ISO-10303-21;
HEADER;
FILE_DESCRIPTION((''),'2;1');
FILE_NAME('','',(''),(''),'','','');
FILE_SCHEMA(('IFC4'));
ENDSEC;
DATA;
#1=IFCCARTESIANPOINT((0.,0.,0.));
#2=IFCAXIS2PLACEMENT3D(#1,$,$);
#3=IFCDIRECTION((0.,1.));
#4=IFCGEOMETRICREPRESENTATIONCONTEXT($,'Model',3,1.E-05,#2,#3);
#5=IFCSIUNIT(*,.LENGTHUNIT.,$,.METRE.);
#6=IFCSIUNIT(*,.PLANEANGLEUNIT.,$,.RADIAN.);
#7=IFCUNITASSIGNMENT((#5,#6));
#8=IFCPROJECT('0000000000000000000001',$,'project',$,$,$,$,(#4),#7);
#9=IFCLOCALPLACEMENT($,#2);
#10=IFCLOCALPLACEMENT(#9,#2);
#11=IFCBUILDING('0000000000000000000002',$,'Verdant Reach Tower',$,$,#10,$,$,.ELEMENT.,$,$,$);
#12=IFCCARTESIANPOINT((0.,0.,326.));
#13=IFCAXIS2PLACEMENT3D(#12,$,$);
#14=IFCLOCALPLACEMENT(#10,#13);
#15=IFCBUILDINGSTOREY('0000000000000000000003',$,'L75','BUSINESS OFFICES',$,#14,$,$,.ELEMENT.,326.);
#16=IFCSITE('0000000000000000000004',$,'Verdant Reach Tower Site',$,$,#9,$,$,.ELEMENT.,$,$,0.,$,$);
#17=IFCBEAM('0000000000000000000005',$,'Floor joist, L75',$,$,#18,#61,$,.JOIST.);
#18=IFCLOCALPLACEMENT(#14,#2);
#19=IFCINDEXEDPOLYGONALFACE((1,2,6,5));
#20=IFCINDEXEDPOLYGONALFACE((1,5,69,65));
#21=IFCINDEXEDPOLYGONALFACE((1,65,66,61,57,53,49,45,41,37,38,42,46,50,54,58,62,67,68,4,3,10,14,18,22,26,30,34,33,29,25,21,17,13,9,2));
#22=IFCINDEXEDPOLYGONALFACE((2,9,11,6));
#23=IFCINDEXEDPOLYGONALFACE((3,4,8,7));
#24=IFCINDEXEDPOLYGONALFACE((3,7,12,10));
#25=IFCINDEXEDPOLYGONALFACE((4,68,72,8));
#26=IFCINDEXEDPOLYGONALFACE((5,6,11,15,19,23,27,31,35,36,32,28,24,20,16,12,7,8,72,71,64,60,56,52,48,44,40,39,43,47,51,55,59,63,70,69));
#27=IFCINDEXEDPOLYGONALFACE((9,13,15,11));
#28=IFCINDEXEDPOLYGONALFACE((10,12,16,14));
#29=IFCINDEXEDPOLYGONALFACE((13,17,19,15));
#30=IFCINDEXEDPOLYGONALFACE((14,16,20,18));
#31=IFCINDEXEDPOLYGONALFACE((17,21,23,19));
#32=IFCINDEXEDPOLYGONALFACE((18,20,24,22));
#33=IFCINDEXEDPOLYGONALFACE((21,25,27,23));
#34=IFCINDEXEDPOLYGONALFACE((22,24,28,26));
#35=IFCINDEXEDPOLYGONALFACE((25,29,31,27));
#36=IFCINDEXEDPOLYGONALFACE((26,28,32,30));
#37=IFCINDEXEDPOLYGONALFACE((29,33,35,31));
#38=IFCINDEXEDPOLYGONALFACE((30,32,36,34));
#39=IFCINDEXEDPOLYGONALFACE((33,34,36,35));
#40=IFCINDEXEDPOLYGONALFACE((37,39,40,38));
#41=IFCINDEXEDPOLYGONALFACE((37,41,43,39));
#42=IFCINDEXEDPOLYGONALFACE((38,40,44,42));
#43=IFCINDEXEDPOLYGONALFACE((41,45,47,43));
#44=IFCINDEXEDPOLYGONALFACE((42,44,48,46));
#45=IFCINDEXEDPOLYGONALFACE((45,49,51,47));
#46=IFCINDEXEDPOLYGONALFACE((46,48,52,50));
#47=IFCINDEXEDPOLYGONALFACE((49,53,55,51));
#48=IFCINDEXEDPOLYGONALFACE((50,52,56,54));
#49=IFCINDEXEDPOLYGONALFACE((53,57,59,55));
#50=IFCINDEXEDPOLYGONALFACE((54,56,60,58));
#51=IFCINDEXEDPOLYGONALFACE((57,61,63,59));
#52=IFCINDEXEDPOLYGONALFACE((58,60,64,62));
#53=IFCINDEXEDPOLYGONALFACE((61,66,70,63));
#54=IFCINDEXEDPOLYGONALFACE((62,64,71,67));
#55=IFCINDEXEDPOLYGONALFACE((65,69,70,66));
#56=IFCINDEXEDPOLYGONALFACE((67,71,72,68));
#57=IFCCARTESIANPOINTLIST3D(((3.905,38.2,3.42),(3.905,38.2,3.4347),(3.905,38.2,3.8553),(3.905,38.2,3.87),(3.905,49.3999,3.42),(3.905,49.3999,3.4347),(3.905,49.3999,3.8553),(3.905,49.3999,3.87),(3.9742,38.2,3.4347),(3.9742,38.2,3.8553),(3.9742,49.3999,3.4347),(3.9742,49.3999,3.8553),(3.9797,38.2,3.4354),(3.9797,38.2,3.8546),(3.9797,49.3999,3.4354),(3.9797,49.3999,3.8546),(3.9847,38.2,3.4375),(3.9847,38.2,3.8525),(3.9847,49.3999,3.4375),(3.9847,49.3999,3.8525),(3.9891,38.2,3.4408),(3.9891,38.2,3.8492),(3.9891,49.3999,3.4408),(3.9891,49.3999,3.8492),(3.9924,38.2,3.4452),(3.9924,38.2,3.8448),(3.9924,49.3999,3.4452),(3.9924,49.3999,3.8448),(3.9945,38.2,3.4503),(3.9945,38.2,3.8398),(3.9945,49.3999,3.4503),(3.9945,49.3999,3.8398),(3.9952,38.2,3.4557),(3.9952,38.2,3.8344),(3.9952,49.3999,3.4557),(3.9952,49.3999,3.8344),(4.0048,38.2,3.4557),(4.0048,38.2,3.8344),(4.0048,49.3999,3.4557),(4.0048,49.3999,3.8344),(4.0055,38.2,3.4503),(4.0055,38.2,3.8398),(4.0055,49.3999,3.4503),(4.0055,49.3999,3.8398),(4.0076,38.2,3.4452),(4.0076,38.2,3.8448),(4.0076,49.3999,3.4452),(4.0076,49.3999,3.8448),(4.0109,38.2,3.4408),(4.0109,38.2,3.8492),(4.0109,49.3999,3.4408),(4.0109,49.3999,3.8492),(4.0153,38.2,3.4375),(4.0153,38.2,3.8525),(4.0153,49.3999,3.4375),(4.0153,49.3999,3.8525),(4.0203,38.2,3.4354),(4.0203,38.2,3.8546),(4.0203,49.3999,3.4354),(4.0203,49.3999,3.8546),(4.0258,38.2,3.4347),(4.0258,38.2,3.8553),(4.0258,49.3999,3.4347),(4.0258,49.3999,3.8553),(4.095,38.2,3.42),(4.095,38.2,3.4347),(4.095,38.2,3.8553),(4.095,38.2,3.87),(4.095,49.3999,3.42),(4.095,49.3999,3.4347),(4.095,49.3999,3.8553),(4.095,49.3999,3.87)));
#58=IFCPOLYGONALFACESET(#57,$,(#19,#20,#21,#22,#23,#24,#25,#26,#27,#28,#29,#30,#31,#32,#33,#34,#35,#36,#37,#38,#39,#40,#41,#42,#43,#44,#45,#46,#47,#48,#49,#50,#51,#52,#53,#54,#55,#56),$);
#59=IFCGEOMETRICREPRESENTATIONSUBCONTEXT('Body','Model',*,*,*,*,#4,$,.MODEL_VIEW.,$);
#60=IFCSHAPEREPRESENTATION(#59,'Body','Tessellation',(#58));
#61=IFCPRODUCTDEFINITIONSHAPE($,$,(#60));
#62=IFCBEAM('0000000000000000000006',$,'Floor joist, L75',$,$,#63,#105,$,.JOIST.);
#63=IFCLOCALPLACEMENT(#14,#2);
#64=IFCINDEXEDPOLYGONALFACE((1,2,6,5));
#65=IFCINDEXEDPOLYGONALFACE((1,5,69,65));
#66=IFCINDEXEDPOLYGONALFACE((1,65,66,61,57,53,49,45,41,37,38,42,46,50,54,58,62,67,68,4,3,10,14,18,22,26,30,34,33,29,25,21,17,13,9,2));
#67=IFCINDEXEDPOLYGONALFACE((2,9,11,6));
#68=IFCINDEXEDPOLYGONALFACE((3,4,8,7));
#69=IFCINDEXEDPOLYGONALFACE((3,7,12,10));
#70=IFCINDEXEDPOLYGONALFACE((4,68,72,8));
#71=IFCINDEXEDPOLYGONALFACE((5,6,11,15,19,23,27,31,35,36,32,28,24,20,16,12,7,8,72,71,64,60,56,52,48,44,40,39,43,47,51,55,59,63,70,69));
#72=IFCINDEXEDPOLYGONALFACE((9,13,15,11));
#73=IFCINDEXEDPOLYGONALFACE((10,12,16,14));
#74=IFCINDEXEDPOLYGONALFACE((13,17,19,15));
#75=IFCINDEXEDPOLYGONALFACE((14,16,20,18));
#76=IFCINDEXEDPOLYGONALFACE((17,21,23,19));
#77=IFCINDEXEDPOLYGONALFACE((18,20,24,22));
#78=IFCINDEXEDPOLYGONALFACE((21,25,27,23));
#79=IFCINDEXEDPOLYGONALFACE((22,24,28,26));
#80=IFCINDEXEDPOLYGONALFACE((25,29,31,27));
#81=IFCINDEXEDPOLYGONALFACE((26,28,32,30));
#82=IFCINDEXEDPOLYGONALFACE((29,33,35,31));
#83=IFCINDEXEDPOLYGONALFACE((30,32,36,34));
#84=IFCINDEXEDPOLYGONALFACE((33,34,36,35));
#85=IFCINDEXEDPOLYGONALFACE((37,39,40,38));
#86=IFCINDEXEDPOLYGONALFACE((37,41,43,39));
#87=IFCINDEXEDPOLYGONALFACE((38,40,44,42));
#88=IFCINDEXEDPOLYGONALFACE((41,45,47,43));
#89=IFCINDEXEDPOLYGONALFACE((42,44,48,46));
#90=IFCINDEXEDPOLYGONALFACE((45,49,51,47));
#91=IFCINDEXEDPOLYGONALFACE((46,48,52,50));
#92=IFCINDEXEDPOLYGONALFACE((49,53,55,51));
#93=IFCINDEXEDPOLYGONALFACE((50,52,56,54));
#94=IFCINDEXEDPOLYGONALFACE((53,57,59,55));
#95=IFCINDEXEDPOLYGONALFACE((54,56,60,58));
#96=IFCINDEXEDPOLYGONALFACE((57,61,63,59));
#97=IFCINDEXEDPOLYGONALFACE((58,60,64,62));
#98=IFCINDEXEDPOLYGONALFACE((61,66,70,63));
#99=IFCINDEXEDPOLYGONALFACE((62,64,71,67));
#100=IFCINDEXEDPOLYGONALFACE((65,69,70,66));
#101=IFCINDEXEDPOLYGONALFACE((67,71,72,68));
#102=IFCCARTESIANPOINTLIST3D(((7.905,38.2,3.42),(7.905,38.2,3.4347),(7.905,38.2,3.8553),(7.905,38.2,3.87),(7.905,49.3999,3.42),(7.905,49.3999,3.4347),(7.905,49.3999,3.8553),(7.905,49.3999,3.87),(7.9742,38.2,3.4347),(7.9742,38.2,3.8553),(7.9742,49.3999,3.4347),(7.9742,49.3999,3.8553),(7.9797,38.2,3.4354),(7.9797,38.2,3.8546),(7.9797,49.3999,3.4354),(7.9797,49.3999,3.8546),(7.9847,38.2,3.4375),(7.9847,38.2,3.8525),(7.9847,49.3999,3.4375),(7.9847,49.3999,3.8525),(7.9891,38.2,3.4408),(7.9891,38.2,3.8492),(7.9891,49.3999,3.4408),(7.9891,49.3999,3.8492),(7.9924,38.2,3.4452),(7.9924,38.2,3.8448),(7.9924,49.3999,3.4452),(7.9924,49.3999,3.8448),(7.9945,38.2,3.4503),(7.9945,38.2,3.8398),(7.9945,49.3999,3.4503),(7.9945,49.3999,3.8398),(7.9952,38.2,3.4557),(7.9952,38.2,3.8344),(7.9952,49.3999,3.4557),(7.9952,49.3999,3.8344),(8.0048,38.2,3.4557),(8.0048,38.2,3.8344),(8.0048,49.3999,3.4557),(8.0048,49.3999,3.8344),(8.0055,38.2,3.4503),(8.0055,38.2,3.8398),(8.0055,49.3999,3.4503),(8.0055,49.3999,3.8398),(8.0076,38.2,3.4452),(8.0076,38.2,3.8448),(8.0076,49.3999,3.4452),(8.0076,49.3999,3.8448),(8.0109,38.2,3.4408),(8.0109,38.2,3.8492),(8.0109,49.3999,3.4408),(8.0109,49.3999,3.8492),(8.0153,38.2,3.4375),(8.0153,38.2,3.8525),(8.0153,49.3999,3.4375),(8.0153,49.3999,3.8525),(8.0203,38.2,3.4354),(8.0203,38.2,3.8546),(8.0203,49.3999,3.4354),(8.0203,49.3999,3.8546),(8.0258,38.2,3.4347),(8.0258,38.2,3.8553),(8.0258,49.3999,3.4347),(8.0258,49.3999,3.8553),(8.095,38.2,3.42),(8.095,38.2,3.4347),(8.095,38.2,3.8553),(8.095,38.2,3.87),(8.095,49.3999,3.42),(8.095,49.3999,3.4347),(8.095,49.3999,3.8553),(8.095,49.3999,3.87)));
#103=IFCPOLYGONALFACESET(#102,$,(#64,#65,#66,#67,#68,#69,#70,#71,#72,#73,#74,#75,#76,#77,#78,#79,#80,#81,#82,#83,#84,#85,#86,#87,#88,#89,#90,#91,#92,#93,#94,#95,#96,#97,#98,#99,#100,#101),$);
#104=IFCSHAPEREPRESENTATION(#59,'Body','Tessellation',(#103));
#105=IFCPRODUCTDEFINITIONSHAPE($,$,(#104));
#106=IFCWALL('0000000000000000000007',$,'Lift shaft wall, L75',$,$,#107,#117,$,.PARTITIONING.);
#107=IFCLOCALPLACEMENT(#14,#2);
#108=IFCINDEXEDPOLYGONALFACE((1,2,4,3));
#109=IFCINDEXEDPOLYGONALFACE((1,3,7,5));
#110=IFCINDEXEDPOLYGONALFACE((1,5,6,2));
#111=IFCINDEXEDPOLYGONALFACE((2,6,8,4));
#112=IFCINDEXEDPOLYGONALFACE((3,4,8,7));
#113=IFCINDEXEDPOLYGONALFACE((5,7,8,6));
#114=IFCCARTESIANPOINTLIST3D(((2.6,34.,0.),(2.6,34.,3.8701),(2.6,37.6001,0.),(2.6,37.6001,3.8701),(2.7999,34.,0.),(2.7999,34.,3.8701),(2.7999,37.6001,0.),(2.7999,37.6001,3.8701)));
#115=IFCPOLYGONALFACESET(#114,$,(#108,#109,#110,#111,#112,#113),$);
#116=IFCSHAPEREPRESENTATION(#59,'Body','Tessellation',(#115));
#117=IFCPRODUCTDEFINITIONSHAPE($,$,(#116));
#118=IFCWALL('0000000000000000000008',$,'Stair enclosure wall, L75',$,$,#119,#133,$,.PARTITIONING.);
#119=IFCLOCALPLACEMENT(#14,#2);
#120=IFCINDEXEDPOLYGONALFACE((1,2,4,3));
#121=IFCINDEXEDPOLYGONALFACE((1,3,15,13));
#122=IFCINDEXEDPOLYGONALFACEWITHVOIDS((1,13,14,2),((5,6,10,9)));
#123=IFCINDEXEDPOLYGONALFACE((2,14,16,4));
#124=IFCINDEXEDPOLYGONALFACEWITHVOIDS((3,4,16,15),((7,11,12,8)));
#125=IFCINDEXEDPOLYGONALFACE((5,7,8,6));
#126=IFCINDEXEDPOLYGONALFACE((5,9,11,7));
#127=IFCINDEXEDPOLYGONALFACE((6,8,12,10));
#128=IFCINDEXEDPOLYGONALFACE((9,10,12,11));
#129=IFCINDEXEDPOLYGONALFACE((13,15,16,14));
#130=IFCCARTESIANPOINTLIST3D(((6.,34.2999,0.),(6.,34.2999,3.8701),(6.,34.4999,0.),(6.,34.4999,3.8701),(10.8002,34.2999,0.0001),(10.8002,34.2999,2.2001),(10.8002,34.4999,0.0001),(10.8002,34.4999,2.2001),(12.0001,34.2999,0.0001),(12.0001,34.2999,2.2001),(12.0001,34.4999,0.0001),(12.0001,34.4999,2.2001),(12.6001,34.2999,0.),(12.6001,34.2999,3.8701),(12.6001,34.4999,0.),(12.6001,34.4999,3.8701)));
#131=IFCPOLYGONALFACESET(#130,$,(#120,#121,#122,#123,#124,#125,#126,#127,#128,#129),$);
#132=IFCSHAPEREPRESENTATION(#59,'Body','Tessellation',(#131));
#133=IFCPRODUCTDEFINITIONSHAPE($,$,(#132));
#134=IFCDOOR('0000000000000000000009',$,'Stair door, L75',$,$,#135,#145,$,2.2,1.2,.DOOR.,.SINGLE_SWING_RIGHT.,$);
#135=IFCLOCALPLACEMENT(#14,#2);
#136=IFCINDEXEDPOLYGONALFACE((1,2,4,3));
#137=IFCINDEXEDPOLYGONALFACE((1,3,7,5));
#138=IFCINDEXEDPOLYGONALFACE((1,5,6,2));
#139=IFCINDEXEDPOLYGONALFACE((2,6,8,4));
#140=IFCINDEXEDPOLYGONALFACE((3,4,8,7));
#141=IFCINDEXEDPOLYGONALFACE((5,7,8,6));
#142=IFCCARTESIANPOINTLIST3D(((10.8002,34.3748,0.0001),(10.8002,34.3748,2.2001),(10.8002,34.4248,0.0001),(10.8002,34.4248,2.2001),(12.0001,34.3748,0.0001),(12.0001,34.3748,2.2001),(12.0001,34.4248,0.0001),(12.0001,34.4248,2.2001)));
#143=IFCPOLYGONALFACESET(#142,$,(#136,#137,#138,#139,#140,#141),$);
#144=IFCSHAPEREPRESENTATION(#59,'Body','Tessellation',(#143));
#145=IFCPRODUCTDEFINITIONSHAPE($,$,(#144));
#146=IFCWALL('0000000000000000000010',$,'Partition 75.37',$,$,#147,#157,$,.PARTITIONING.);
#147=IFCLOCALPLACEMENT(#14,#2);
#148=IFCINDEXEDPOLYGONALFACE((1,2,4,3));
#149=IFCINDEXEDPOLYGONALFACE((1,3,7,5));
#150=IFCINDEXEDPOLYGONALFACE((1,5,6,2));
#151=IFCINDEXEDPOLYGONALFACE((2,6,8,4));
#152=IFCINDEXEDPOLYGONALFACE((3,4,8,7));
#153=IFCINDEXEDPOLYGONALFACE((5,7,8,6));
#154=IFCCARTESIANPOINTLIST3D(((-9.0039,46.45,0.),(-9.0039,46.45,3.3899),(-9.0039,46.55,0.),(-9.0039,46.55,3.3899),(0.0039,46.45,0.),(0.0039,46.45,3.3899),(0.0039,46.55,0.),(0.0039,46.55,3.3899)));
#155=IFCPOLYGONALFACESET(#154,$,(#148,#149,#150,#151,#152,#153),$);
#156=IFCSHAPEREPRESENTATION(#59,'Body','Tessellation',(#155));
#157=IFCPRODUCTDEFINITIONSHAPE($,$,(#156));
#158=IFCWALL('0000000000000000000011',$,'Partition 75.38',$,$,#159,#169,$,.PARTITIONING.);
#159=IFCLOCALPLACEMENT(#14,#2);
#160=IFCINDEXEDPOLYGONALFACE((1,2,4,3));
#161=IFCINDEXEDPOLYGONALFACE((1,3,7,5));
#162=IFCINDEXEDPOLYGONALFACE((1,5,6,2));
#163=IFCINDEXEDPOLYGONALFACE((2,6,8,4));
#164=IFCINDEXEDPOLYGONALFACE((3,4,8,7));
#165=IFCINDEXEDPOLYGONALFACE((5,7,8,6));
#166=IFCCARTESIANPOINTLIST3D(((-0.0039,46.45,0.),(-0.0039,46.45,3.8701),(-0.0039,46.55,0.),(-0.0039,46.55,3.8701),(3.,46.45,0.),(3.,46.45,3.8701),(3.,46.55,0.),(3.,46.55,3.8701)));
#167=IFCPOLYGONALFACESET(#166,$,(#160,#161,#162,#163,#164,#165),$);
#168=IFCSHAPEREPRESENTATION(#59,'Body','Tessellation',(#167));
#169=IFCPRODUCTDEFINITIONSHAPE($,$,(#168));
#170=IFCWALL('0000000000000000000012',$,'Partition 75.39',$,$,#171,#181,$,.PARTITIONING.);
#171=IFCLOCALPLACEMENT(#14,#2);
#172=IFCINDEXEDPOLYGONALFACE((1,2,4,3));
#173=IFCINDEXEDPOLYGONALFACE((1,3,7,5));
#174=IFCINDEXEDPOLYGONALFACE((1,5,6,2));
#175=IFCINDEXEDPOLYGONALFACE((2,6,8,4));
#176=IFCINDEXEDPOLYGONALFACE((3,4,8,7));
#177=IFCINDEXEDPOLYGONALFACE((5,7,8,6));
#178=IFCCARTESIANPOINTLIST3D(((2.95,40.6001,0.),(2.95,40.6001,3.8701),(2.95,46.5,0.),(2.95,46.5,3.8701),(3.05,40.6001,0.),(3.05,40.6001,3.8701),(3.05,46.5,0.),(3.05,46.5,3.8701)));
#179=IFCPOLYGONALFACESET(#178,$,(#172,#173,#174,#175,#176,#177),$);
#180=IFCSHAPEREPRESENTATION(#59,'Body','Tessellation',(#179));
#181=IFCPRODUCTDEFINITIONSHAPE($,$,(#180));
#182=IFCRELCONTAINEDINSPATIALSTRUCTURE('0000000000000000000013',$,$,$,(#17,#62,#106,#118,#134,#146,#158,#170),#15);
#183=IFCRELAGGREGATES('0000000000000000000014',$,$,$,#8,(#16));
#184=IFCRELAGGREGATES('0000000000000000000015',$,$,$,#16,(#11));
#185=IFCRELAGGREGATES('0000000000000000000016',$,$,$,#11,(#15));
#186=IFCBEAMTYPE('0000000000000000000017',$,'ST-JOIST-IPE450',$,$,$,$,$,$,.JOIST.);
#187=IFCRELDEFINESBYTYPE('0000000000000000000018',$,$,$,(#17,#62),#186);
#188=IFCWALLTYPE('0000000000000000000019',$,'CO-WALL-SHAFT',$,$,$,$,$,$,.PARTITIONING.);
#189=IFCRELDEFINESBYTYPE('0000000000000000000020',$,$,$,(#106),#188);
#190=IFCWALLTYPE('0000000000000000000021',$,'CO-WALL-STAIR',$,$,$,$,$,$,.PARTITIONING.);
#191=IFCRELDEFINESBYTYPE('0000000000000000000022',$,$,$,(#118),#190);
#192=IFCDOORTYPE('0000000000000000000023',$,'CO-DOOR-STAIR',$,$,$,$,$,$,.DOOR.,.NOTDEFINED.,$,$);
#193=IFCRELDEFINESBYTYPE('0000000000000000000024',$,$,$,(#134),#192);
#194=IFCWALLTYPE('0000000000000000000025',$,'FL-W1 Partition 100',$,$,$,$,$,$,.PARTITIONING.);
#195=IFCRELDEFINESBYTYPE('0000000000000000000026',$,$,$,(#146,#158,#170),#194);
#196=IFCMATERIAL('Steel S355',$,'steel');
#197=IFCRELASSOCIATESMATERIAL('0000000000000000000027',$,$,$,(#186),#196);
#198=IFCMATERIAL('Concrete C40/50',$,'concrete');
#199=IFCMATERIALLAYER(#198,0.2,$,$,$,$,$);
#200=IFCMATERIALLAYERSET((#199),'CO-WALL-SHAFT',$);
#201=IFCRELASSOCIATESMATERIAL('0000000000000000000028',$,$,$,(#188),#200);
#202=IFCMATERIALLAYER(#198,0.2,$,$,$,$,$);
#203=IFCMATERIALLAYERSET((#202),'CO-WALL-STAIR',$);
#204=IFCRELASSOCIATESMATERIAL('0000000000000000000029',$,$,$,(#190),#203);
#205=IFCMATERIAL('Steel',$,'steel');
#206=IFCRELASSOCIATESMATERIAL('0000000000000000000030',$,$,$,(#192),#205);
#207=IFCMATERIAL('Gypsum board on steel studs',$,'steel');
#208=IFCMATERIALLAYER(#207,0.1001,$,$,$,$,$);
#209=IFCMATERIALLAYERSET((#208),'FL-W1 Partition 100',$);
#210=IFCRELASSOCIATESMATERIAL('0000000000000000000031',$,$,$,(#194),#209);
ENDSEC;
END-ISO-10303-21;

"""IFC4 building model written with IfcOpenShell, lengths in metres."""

from ifc_helpers import new_model, si_unit, direction, frame, frame_2d, origin, origin_2d, place, context, subcontext, project, spatial, rectangle, i_section, extrude, material, layer, layer_set, material_profile, profile_set, type_object, element, fill, save


model = new_model("IFC4")

# Units and contexts
model_context = context("Model", 3, precision=1e-05, world=origin(), true_north=direction((0.0, 1.0)))
body_context = subcontext(model_context, "Body", "Model", "MODEL_VIEW")
ifc_project = project(units=[si_unit("LENGTHUNIT", "METRE"), si_unit("PLANEANGLEUNIT", "RADIAN")], contexts=[model_context])

# Site, building, storey
site_placement = place(None, origin())
site = spatial("IfcSite", under=ifc_project, at=site_placement, Name="Verdant Reach Tower Site", CompositionType="ELEMENT", RefElevation=0.0)
building_placement = place(site_placement, origin())
building = spatial("IfcBuilding", under=site, at=building_placement, Name="Verdant Reach Tower", CompositionType="ELEMENT")
storey_placement = place(building_placement, frame((0.0, 0.0, 326.0)))
storey = spatial("IfcBuildingStorey", under=building, at=storey_placement, Name="L75", Description="BUSINESS OFFICES", CompositionType="ELEMENT", Elevation=326.0)

# Beams
ifc_material_1 = material(Name="Steel S355", Category="steel")
ifc_material_profile = material_profile(ifc_material_1, i_section(OverallWidth=0.1899, OverallDepth=0.45, WebThickness=0.0095, FlangeThickness=0.0146, FilletRadius=0.021, at=origin_2d()), Name="IPE 450")
ifc_profile_set = profile_set([ifc_material_profile], Name="Steel S355")
beam_type = type_object("IfcBeamType", Name="ST-JOIST-IPE450", PredefinedType="JOIST", material=ifc_profile_set)
for number, where, z_axis, x_axis, name in (
    (1, (4.0, 38.2, 3.645), (0.0, 1.0, 0.0), (-1.0, 0.0, 0.0), "Floor joist, L75"),
    (2, (8.0, 38.2, 3.645), (0.0, 1.0, 0.0), (-1.0, 0.0, 0.0), "Floor joist, L75"),
):
    element("IfcBeam", number, at=place(storey_placement, frame(where, z_axis=z_axis, x_axis=x_axis)), inside=storey, type_object=beam_type, Name=name, PredefinedType="JOIST", context=body_context, shape_type="SweptSolid", body=[
        extrude(i_section(OverallWidth=0.1899, OverallDepth=0.45, WebThickness=0.0095, FlangeThickness=0.0146, FilletRadius=0.021, at=origin_2d()), origin(), (0.0, 0.0, 1.0), 11.2),
    ])

# Wall
ifc_material_2 = material(Name="Concrete C40/50", Category="concrete")
ifc_layer_1 = layer(ifc_material_2, 0.2)
ifc_layer_set_1 = layer_set([ifc_layer_1], Name="CO-WALL-SHAFT")
wall_type_1 = type_object("IfcWallType", Name="CO-WALL-SHAFT", PredefinedType="PARTITIONING", material=ifc_layer_set_1)
wall_1_placement = place(storey_placement, frame((2.7, 34.0, 0.0), z_axis=(0.0, 0.0, 1.0), x_axis=(0.0, 1.0, 0.0)))
element("IfcWall", 3, at=wall_1_placement, inside=storey, type_object=wall_type_1, Name="Lift shaft wall, L75", PredefinedType="PARTITIONING", context=body_context, shape_type="SweptSolid", body=[
    extrude(rectangle(XDim=3.6001, YDim=0.2, at=frame_2d((1.8, 0.0))), origin(), (0.0, 0.0, 1.0), 3.8701),
])

# Wall, opening, door
ifc_layer_2 = layer(ifc_material_2, 0.2)
ifc_layer_set_2 = layer_set([ifc_layer_2], Name="CO-WALL-STAIR")
wall_type_2 = type_object("IfcWallType", Name="CO-WALL-STAIR", PredefinedType="PARTITIONING", material=ifc_layer_set_2)
wall_2_placement = place(storey_placement, frame((6.0, 34.3999, 0.0), z_axis=(0.0, 0.0, 1.0), x_axis=(1.0, 0.0, 0.0)))
wall_2 = element("IfcWall", 4, at=wall_2_placement, inside=storey, type_object=wall_type_2, Name="Stair enclosure wall, L75", PredefinedType="PARTITIONING", context=body_context, shape_type="SweptSolid", body=[
    extrude(rectangle(XDim=6.6001, YDim=0.2, at=frame_2d((3.3, 0.0))), origin(), (0.0, 0.0, 1.0), 3.8701),
])
opening_1_placement = place(wall_2_placement, frame((4.8, 0.0, 0.0)))
opening_1 = element("IfcOpeningElement", 5, at=opening_1_placement, cuts=wall_2, PredefinedType="OPENING", context=body_context, shape_type="SweptSolid", body=[
    extrude(rectangle(XDim=1.2, YDim=2.2, at=frame_2d((0.6001, 1.1001))), frame((0.0, 0.1099, 0.0), z_axis=(0.0, -1.0, 0.0), x_axis=(1.0, 0.0, 0.0)), (0.0, 0.0, 1.0), 0.22),
])
ifc_material_3 = material(Name="Steel", Category="steel")
door_type_1 = type_object("IfcDoorType", Name="CO-DOOR-STAIR", OperationType="NOTDEFINED", PredefinedType="DOOR", material=ifc_material_3)
door_1_placement = place(opening_1_placement, origin())
door_1 = element("IfcDoor", 6, at=door_1_placement, inside=storey, type_object=door_type_1, Name="Stair door, L75", OperationType="SINGLE_SWING_RIGHT", OverallHeight=2.2, OverallWidth=1.2, PredefinedType="DOOR", context=body_context, shape_type="SweptSolid", body=[
    extrude(rectangle(XDim=1.2, YDim=2.2, at=frame_2d((0.6001, 1.1001))), frame((0.0, 0.0249, 0.0), z_axis=(0.0, -1.0, 0.0), x_axis=(1.0, 0.0, 0.0)), (0.0, 0.0, 1.0), 0.05),
])
fill(opening_1, door_1)

# Walls
ifc_material_4 = material(Name="Gypsum board on steel studs", Category="steel")
ifc_layer_3 = layer(ifc_material_4, 0.1001)
ifc_layer_set_3 = layer_set([ifc_layer_3], Name="FL-W1 Partition 100")
wall_type_3 = type_object("IfcWallType", Name="FL-W1 Partition 100", PredefinedType="PARTITIONING", material=ifc_layer_set_3)
wall_3_placement = place(storey_placement, frame((0.0039, 46.5, 0.0), z_axis=(0.0, 0.0, 1.0), x_axis=(-1.0, 0.0, 0.0)))
element("IfcWall", 7, at=wall_3_placement, inside=storey, type_object=wall_type_3, Name="Partition 75.37", PredefinedType="PARTITIONING", context=body_context, shape_type="SweptSolid", body=[
    extrude(rectangle(XDim=9.0078, YDim=0.1001, at=frame_2d((4.5039, 0.0))), origin(), (0.0, 0.0, 1.0), 3.3899),
])
wall_4_placement = place(storey_placement, frame((3.0, 46.5, 0.0), z_axis=(0.0, 0.0, 1.0), x_axis=(-1.0, 0.0, 0.0)))
element("IfcWall", 8, at=wall_4_placement, inside=storey, type_object=wall_type_3, Name="Partition 75.38", PredefinedType="PARTITIONING", context=body_context, shape_type="SweptSolid", body=[
    extrude(rectangle(XDim=3.0039, YDim=0.1001, at=frame_2d((1.502, 0.0))), origin(), (0.0, 0.0, 1.0), 3.8701),
])
wall_5_placement = place(storey_placement, frame((3.0, 40.6001, 0.0), z_axis=(0.0, 0.0, 1.0), x_axis=(0.0, 1.0, 0.0)))
element("IfcWall", 9, at=wall_5_placement, inside=storey, type_object=wall_type_3, Name="Partition 75.39", PredefinedType="PARTITIONING", context=body_context, shape_type="SweptSolid", body=[
    extrude(rectangle(XDim=5.8999, YDim=0.1001, at=frame_2d((2.95, 0.0))), origin(), (0.0, 0.0, 1.0), 3.8701),
])

save(model, "model.ifc")
